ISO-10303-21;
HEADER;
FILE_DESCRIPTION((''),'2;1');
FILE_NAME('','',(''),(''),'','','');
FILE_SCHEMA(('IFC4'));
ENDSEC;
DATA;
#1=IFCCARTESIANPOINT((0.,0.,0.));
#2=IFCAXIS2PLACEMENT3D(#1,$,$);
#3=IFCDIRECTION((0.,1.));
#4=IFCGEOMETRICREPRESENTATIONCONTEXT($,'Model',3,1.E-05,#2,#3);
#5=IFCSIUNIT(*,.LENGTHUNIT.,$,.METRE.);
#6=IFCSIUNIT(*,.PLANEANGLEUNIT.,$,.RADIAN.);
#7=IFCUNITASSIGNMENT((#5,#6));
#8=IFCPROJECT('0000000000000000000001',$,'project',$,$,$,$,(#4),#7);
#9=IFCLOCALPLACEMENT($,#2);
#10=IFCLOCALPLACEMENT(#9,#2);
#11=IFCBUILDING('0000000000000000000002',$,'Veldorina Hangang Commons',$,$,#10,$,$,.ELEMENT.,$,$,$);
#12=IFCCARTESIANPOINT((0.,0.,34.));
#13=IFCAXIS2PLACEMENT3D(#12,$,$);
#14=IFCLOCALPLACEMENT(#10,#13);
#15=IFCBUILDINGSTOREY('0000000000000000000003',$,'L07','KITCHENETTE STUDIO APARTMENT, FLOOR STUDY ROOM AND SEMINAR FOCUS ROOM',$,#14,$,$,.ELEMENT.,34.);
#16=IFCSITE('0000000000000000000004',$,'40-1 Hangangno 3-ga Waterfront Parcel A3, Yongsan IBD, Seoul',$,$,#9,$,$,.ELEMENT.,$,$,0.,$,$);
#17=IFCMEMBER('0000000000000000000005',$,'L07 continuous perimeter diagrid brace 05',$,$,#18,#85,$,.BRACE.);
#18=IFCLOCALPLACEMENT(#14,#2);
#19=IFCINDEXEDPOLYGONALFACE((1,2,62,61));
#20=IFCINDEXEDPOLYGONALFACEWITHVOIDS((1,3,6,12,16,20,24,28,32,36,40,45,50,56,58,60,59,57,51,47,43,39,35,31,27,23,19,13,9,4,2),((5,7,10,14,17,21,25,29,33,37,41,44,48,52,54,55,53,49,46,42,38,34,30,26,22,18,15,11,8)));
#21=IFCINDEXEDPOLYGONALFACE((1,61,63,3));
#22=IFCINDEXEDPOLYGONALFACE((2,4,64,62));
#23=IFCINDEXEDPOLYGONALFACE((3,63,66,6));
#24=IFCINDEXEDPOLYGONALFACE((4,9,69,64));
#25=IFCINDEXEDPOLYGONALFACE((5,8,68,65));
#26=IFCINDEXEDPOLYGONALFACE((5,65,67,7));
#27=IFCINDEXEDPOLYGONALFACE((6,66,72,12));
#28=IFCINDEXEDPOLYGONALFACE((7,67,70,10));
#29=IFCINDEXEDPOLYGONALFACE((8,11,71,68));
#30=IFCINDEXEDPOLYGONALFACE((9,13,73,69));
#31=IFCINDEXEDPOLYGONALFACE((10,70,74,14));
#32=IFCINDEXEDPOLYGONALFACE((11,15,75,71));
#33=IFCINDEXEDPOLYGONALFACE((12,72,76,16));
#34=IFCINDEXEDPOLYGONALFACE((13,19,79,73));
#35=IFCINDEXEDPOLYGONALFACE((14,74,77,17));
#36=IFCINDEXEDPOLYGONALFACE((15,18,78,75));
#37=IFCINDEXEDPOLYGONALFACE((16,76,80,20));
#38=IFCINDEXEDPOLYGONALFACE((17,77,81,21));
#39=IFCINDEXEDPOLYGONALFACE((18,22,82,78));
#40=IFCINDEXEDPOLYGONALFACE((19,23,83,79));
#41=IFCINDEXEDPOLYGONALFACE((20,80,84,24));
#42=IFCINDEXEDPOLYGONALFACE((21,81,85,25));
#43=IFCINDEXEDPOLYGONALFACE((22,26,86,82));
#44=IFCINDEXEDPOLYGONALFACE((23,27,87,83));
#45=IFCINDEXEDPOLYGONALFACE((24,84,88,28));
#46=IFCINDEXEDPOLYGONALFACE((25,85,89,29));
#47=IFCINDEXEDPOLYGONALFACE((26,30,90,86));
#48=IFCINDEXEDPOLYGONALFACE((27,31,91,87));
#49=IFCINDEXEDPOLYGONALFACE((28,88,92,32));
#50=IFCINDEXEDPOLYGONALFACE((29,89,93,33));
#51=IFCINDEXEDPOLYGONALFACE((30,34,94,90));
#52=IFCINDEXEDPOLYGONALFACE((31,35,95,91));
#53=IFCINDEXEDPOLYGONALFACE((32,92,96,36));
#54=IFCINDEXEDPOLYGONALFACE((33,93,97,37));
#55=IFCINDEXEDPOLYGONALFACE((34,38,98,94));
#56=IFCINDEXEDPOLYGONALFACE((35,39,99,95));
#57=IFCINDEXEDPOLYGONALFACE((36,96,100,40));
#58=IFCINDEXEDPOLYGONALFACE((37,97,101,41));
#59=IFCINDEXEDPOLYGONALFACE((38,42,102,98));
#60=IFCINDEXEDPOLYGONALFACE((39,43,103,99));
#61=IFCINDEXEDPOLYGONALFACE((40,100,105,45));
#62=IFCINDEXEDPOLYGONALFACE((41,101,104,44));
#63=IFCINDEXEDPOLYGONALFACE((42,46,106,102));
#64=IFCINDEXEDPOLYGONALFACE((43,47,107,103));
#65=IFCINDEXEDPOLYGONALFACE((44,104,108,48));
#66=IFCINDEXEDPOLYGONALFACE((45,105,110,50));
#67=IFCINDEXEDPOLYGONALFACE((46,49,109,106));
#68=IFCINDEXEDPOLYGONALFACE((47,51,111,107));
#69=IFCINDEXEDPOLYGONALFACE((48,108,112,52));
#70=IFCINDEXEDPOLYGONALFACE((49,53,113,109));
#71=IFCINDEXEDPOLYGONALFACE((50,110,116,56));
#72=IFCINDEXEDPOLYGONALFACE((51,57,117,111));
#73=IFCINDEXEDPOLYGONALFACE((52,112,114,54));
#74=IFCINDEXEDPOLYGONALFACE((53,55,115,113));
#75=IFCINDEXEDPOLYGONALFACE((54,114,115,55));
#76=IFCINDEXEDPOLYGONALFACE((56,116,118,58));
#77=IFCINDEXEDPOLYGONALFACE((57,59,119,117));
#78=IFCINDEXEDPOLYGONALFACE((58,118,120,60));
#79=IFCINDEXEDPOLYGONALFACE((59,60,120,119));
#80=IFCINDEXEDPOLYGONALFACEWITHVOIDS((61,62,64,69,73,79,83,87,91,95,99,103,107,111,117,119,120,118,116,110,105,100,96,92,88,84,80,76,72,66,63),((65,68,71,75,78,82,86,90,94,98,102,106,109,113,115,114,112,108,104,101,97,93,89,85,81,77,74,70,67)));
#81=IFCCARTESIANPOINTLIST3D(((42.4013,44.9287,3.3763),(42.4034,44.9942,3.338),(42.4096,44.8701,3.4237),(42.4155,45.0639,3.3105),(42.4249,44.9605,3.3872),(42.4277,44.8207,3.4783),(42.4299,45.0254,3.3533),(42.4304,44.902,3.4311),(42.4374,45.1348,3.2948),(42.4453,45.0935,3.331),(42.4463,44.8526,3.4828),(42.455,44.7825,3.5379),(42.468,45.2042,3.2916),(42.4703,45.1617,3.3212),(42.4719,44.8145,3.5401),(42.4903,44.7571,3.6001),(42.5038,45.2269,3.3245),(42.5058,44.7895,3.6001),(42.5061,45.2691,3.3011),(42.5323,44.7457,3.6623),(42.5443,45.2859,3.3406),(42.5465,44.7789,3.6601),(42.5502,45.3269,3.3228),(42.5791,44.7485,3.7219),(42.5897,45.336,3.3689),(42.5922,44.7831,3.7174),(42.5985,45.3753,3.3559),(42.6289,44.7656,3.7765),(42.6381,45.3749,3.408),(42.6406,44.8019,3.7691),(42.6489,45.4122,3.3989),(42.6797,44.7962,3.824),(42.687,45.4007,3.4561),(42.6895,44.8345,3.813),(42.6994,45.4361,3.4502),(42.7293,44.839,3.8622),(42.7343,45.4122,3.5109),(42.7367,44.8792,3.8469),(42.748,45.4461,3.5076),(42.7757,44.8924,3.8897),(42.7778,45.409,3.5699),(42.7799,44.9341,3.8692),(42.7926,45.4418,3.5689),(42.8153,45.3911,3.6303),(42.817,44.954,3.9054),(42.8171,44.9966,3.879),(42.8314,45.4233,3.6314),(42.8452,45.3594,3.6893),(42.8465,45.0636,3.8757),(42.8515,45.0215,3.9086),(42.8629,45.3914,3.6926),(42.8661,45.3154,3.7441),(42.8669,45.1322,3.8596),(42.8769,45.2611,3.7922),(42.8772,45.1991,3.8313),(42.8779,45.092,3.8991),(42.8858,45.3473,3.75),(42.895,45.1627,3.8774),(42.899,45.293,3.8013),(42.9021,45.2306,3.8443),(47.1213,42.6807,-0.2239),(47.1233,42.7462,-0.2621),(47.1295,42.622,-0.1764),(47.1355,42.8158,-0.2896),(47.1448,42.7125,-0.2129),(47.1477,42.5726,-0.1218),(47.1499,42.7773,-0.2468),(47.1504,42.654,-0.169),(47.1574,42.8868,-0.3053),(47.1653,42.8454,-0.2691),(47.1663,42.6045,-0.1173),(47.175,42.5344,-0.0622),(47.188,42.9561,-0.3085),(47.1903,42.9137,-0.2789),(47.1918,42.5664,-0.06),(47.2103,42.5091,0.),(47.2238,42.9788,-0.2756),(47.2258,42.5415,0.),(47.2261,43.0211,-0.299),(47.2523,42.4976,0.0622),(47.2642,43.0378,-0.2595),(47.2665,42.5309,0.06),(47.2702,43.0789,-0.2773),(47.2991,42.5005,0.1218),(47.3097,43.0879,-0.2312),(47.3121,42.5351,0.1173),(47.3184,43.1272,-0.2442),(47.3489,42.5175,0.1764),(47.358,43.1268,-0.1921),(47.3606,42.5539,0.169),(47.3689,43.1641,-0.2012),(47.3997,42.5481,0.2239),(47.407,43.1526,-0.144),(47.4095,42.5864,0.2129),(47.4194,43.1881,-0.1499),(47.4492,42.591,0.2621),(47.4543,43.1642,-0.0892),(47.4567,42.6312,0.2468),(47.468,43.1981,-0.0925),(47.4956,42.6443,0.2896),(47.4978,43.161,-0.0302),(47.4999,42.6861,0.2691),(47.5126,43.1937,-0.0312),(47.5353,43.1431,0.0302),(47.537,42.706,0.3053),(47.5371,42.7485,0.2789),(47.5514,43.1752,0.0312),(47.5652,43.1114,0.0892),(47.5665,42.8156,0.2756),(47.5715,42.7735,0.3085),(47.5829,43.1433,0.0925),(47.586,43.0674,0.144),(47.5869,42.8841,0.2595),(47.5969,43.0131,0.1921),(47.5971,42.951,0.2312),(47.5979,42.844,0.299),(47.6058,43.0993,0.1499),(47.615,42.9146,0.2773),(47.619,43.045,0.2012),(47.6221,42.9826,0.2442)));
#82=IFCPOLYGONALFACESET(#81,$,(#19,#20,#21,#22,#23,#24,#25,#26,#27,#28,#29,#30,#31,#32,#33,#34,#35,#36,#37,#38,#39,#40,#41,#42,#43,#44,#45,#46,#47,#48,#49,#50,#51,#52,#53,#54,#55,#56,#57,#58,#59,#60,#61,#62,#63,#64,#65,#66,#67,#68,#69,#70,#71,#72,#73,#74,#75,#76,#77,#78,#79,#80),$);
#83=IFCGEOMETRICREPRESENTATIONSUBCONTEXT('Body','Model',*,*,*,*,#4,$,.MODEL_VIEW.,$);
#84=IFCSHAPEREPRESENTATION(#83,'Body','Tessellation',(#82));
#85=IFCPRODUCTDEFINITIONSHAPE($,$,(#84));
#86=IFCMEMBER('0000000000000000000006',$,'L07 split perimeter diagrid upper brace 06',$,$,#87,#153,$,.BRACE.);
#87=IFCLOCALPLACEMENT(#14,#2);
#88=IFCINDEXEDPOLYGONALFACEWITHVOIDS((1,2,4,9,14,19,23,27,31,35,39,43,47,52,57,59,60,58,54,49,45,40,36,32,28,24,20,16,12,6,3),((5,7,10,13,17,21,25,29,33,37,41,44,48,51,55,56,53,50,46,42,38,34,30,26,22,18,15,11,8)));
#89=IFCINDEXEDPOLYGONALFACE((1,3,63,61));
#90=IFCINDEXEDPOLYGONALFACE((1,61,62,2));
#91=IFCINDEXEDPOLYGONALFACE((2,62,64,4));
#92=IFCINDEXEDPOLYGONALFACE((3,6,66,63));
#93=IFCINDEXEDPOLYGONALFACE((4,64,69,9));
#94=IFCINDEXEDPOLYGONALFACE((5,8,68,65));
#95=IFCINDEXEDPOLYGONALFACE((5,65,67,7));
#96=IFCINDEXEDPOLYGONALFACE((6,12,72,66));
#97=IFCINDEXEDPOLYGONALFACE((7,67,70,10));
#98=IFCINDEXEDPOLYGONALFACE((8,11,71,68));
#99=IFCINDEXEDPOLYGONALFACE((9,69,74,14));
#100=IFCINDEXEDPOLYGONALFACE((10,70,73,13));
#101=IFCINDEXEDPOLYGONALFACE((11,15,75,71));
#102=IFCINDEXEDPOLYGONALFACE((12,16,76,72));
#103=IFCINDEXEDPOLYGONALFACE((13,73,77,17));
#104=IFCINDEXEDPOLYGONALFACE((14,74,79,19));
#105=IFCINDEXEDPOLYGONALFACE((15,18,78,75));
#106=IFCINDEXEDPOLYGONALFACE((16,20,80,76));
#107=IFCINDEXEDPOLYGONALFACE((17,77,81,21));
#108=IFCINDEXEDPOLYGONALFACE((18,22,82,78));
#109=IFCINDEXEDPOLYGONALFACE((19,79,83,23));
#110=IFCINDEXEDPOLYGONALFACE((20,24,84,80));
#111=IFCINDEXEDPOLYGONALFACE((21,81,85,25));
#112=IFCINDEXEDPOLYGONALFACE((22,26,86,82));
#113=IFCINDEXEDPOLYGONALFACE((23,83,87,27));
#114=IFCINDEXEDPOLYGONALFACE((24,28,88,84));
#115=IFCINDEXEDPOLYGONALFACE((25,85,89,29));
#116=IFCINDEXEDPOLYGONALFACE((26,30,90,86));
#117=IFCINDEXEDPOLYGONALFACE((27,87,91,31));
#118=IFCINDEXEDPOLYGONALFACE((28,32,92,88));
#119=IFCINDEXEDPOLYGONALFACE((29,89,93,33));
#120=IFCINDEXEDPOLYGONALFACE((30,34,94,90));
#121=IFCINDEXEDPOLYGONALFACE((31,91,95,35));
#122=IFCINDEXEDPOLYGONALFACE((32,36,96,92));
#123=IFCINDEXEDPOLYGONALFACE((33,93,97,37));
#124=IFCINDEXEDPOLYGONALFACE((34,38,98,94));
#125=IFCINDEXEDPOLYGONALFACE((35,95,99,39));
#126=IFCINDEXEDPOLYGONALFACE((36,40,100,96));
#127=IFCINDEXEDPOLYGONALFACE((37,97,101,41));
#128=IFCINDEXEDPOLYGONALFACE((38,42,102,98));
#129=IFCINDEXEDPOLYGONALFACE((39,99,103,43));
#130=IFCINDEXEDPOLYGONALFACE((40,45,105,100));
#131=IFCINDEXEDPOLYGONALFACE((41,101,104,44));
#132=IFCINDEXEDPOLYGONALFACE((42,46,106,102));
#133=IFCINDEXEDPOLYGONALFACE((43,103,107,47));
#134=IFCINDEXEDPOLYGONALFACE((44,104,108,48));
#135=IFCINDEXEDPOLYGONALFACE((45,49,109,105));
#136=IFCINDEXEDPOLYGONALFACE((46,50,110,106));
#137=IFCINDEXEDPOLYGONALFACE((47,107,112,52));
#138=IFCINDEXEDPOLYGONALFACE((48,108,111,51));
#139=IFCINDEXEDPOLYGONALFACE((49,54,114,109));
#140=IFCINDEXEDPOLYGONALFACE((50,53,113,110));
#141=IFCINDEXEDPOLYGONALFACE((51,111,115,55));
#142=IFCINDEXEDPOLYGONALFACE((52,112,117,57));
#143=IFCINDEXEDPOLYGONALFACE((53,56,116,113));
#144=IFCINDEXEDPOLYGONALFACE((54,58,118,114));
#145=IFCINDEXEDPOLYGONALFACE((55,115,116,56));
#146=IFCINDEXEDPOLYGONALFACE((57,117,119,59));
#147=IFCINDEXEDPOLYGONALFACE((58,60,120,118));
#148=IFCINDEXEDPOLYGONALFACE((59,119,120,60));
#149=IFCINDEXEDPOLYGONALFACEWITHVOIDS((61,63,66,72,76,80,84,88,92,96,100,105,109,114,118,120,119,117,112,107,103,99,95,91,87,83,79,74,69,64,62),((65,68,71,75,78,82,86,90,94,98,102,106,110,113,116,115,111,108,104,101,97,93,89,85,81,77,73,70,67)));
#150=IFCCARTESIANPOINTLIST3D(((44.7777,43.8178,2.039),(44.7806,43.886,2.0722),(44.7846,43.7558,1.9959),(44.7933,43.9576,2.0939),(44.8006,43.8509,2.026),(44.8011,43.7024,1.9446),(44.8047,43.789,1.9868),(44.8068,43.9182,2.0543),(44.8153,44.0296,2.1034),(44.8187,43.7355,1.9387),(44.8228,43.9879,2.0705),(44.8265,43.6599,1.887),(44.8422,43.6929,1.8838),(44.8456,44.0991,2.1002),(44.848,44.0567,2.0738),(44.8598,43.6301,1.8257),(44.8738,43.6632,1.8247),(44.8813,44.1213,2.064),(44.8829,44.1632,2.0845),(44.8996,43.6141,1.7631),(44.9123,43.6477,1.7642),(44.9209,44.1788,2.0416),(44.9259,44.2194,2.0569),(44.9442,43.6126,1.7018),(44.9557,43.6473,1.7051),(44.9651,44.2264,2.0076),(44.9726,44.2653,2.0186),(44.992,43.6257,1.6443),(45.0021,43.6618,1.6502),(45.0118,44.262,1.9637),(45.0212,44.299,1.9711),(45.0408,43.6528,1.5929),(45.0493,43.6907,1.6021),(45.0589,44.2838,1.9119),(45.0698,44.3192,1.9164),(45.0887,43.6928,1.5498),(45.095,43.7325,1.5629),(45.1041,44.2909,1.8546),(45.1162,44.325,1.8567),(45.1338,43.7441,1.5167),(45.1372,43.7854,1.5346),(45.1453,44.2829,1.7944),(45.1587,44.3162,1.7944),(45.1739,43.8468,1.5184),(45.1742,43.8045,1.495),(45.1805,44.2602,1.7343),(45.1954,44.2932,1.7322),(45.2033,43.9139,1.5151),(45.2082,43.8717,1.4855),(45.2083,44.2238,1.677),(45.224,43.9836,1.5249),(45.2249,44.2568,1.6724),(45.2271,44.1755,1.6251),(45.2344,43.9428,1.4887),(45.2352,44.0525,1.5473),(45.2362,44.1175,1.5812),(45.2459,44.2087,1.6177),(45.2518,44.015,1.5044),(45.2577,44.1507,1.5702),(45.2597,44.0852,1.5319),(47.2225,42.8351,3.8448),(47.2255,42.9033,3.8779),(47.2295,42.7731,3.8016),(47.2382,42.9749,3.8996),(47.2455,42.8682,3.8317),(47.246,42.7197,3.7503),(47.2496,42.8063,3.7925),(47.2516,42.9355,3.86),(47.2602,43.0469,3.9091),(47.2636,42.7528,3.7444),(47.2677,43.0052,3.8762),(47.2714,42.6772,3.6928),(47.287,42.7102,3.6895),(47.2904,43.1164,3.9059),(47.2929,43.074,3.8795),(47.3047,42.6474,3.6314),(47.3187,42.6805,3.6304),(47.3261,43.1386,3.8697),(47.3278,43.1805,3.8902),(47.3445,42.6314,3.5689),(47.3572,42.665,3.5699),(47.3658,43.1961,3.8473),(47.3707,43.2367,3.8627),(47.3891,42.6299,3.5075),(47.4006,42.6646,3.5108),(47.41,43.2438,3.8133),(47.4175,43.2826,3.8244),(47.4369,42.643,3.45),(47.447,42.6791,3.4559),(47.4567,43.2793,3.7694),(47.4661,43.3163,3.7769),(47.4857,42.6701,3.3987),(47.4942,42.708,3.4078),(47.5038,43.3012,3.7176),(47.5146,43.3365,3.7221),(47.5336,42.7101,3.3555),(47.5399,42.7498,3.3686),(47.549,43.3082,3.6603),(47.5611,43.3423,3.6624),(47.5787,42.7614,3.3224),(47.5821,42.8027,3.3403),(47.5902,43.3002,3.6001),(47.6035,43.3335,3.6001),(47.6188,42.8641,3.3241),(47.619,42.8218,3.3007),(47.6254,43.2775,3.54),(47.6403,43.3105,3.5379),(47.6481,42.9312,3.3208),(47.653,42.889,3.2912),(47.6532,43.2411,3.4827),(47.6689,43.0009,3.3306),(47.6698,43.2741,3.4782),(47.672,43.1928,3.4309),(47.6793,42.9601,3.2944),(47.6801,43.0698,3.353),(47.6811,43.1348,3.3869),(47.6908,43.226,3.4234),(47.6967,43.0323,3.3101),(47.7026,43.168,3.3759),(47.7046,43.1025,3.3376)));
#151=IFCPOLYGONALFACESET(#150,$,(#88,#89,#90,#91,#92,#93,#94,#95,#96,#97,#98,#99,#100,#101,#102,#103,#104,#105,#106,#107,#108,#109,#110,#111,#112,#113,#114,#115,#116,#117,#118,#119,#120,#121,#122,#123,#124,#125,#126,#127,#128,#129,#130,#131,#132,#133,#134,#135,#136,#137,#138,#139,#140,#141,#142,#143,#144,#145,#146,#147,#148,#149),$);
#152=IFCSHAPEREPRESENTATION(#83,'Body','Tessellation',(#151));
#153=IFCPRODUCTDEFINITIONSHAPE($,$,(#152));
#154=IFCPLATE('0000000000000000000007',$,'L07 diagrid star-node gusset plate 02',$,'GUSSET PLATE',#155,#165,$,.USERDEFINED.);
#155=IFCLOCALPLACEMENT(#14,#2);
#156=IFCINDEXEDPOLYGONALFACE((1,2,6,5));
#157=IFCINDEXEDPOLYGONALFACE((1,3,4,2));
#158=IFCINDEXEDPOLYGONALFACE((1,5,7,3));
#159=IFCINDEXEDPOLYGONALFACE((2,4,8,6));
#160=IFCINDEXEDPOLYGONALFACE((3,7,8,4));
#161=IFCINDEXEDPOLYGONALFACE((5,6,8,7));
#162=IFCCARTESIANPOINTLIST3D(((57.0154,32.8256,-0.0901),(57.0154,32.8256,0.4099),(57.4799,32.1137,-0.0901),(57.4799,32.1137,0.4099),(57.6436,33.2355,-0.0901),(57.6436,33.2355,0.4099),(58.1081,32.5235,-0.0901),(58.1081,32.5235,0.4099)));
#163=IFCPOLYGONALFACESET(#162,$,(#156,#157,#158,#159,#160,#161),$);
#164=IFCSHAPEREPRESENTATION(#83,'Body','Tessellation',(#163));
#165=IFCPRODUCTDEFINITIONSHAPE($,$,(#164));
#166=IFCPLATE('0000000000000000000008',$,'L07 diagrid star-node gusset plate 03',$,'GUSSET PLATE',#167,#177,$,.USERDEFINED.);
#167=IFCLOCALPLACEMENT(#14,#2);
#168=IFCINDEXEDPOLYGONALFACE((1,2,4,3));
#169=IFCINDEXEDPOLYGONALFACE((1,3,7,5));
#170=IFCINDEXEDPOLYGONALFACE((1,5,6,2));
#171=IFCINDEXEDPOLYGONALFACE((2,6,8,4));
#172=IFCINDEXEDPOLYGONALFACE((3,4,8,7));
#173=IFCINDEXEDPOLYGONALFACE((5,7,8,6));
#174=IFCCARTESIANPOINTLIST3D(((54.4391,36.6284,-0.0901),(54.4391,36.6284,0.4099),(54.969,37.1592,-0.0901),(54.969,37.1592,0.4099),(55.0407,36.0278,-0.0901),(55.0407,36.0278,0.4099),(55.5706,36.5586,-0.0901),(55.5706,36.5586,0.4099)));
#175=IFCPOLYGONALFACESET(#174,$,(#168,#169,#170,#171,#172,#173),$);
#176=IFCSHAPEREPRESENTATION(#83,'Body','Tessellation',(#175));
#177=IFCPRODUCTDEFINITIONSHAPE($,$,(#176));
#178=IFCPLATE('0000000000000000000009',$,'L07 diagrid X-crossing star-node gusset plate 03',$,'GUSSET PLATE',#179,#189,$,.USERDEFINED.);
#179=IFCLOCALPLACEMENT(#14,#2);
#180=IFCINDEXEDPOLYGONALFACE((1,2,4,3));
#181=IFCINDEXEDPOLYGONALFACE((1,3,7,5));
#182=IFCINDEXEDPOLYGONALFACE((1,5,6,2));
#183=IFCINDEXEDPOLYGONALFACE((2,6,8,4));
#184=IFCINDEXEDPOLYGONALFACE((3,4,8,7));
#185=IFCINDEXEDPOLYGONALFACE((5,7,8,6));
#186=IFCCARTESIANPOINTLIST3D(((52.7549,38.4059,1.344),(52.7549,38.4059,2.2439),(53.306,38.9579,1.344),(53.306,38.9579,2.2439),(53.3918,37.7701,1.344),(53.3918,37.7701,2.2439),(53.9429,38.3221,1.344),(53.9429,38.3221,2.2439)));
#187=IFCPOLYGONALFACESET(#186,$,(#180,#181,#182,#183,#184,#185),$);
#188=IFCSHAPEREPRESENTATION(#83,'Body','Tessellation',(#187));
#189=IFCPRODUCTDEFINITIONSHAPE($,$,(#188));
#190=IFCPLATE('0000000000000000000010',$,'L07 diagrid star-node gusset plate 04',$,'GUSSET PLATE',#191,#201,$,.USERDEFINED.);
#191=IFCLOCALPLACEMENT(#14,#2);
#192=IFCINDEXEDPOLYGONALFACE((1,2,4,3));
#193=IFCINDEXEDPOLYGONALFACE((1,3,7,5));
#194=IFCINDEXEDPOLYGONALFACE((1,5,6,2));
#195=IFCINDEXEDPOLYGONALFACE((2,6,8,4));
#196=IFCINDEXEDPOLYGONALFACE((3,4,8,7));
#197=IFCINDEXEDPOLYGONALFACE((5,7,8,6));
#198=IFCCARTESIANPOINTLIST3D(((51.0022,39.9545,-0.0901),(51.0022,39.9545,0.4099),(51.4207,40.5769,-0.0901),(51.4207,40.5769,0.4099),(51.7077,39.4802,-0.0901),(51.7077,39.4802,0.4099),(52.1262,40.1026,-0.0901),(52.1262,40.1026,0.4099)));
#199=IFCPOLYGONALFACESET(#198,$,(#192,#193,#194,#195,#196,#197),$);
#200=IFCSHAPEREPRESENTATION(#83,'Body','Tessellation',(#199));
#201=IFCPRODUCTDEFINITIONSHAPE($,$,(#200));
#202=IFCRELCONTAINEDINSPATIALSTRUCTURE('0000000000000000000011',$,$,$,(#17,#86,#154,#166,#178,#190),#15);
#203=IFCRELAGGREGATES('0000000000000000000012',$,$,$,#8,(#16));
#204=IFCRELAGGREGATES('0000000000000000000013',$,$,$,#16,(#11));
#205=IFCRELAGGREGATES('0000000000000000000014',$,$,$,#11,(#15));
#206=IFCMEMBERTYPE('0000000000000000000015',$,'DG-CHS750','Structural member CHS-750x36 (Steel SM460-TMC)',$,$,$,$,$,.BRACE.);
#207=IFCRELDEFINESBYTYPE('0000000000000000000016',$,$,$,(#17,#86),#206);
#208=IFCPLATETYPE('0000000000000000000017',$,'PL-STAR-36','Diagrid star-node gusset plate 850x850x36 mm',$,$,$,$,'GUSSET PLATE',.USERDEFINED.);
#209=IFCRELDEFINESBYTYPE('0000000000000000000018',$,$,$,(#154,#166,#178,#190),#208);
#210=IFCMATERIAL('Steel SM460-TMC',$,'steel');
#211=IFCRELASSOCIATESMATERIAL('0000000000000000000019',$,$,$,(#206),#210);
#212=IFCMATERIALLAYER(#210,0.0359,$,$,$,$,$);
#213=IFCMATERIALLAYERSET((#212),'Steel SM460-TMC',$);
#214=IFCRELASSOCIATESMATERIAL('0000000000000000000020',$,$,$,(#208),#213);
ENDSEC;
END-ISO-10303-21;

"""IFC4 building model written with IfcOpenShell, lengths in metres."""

from ifc_helpers import new_model, si_unit, direction, frame, origin, origin_2d, place, context, subcontext, project, spatial, rectangle, hollow_circle, extrude, material, layer, layer_set, material_profile, profile_set, type_object, element, save


model = new_model("IFC4")

# Units and contexts
model_context = context("Model", 3, precision=1e-05, world=origin(), true_north=direction((0.0, 1.0)))
body_context = subcontext(model_context, "Body", "Model", "MODEL_VIEW")
ifc_project = project(units=[si_unit("LENGTHUNIT", "METRE"), si_unit("PLANEANGLEUNIT", "RADIAN")], contexts=[model_context])

# Site, building, storey
site_placement = place(None, origin())
site = spatial("IfcSite", under=ifc_project, at=site_placement, Name="40-1 Hangangno 3-ga Waterfront Parcel A3, Yongsan IBD, Seoul", CompositionType="ELEMENT", RefElevation=0.0)
building_placement = place(site_placement, origin())
building = spatial("IfcBuilding", under=site, at=building_placement, Name="Veldorina Hangang Commons", CompositionType="ELEMENT")
storey_placement = place(building_placement, frame((0.0, 0.0, 34.0)))
storey = spatial("IfcBuildingStorey", under=building, at=storey_placement, Name="L07", Description="KITCHENETTE STUDIO APARTMENT, FLOOR STUDY ROOM AND SEMINAR FOCUS ROOM", CompositionType="ELEMENT", Elevation=34.0)

# Shared definitions
ifc_material_1 = material(Name="Steel SM460-TMC", Category="steel")

# Members
ifc_material_profile_1 = material_profile(ifc_material_1, hollow_circle(Radius=0.375, WallThickness=0.0359, at=origin_2d()), Name="CHS-750x36")
ifc_profile_set_1 = profile_set([ifc_material_profile_1], Name="Steel SM460-TMC")
member_type = type_object("IfcMemberType", Name="DG-CHS750", Description="Structural member CHS-750x36 (Steel SM460-TMC)", PredefinedType="BRACE", material=ifc_profile_set_1)
member_1_placement = place(storey_placement, frame((47.3716, 42.8477, 0.0), z_axis=(-0.743579, 0.354155, 0.567155), x_axis=(-0.430002, -0.902828, 0.0)))
element("IfcMember", 1, at=member_1_placement, inside=storey, type_object=member_type, Name="L07 continuous perimeter diagrid brace 05", PredefinedType="BRACE", context=body_context, shape_type="SweptSolid", body=[
    extrude(hollow_circle(Radius=0.375, WallThickness=0.0359, at=origin_2d()), origin(), (0.0, 0.0, 1.0), 6.3477),
])
member_2_placement = place(storey_placement, frame((45.0188, 43.9683, 1.7944), z_axis=(0.765383, -0.307636, 0.565286), x_axis=(0.37294, 0.927856, 0.0)))
element("IfcMember", 2, at=member_2_placement, inside=storey, type_object=member_type, Name="L07 split perimeter diagrid upper brace 06", PredefinedType="BRACE", context=body_context, shape_type="SweptSolid", body=[
    extrude(hollow_circle(Radius=0.375, WallThickness=0.0359, at=origin_2d()), origin(), (0.0, 0.0, 1.0), 3.1943),
])

# Plates
ifc_layer_1 = layer(ifc_material_1, 0.0359)
ifc_layer_set_1 = layer_set([ifc_layer_1], Name="Steel SM460-TMC")
plate_type = type_object("IfcPlateType", Name="PL-STAR-36", Description="Diagrid star-node gusset plate 850x850x36 mm", ElementType="GUSSET PLATE", PredefinedType="USERDEFINED", material=ifc_layer_set_1)
for number, where, z_axis, x_axis, name in (
    (3, (57.5618, 32.6746, -0.0901), (0.0, 0.0, 1.0), (-0.546409, 0.837519, 0.0), "L07 diagrid star-node gusset plate 02"),
    (4, (55.0049, 36.5935, -0.0901), (0.0, 0.0, 1.0), (-0.707699, 0.706514, 0.0), "L07 diagrid star-node gusset plate 03"),
):
    element("IfcPlate", number, at=place(storey_placement, frame(where, z_axis=z_axis, x_axis=x_axis)), inside=storey, type_object=plate_type, Name=name, ObjectType="GUSSET PLATE", PredefinedType="USERDEFINED", context=body_context, shape_type="SweptSolid", body=[
        extrude(rectangle(XDim=0.8501, YDim=0.75, at=origin_2d()), origin(), (0.0, 0.0, 1.0), 0.5),
    ])
plate_1_placement = place(storey_placement, frame((53.3489, 38.364, 1.344), z_axis=(0.0, 0.0, 1.0), x_axis=(-0.707699, 0.706514, 0.0)))
element("IfcPlate", 5, at=plate_1_placement, inside=storey, type_object=plate_type, Name="L07 diagrid X-crossing star-node gusset plate 03", ObjectType="GUSSET PLATE", PredefinedType="USERDEFINED", context=body_context, shape_type="SweptSolid", body=[
    extrude(rectangle(XDim=0.8999, YDim=0.78, at=origin_2d()), origin(), (0.0, 0.0, 1.0), 0.8999),
])
for number, where, z_axis, x_axis, name in (
    (6, (51.5642, 40.0286, -0.0901), (0.0, 0.0, 1.0), (-0.829857, 0.557977, 0.0), "L07 diagrid star-node gusset plate 04"),
):
    element("IfcPlate", number, at=place(storey_placement, frame(where, z_axis=z_axis, x_axis=x_axis)), inside=storey, type_object=plate_type, Name=name, ObjectType="GUSSET PLATE", PredefinedType="USERDEFINED", context=body_context, shape_type="SweptSolid", body=[
        extrude(rectangle(XDim=0.8501, YDim=0.75, at=origin_2d()), origin(), (0.0, 0.0, 1.0), 0.5),
    ])

save(model, "model.ifc")
